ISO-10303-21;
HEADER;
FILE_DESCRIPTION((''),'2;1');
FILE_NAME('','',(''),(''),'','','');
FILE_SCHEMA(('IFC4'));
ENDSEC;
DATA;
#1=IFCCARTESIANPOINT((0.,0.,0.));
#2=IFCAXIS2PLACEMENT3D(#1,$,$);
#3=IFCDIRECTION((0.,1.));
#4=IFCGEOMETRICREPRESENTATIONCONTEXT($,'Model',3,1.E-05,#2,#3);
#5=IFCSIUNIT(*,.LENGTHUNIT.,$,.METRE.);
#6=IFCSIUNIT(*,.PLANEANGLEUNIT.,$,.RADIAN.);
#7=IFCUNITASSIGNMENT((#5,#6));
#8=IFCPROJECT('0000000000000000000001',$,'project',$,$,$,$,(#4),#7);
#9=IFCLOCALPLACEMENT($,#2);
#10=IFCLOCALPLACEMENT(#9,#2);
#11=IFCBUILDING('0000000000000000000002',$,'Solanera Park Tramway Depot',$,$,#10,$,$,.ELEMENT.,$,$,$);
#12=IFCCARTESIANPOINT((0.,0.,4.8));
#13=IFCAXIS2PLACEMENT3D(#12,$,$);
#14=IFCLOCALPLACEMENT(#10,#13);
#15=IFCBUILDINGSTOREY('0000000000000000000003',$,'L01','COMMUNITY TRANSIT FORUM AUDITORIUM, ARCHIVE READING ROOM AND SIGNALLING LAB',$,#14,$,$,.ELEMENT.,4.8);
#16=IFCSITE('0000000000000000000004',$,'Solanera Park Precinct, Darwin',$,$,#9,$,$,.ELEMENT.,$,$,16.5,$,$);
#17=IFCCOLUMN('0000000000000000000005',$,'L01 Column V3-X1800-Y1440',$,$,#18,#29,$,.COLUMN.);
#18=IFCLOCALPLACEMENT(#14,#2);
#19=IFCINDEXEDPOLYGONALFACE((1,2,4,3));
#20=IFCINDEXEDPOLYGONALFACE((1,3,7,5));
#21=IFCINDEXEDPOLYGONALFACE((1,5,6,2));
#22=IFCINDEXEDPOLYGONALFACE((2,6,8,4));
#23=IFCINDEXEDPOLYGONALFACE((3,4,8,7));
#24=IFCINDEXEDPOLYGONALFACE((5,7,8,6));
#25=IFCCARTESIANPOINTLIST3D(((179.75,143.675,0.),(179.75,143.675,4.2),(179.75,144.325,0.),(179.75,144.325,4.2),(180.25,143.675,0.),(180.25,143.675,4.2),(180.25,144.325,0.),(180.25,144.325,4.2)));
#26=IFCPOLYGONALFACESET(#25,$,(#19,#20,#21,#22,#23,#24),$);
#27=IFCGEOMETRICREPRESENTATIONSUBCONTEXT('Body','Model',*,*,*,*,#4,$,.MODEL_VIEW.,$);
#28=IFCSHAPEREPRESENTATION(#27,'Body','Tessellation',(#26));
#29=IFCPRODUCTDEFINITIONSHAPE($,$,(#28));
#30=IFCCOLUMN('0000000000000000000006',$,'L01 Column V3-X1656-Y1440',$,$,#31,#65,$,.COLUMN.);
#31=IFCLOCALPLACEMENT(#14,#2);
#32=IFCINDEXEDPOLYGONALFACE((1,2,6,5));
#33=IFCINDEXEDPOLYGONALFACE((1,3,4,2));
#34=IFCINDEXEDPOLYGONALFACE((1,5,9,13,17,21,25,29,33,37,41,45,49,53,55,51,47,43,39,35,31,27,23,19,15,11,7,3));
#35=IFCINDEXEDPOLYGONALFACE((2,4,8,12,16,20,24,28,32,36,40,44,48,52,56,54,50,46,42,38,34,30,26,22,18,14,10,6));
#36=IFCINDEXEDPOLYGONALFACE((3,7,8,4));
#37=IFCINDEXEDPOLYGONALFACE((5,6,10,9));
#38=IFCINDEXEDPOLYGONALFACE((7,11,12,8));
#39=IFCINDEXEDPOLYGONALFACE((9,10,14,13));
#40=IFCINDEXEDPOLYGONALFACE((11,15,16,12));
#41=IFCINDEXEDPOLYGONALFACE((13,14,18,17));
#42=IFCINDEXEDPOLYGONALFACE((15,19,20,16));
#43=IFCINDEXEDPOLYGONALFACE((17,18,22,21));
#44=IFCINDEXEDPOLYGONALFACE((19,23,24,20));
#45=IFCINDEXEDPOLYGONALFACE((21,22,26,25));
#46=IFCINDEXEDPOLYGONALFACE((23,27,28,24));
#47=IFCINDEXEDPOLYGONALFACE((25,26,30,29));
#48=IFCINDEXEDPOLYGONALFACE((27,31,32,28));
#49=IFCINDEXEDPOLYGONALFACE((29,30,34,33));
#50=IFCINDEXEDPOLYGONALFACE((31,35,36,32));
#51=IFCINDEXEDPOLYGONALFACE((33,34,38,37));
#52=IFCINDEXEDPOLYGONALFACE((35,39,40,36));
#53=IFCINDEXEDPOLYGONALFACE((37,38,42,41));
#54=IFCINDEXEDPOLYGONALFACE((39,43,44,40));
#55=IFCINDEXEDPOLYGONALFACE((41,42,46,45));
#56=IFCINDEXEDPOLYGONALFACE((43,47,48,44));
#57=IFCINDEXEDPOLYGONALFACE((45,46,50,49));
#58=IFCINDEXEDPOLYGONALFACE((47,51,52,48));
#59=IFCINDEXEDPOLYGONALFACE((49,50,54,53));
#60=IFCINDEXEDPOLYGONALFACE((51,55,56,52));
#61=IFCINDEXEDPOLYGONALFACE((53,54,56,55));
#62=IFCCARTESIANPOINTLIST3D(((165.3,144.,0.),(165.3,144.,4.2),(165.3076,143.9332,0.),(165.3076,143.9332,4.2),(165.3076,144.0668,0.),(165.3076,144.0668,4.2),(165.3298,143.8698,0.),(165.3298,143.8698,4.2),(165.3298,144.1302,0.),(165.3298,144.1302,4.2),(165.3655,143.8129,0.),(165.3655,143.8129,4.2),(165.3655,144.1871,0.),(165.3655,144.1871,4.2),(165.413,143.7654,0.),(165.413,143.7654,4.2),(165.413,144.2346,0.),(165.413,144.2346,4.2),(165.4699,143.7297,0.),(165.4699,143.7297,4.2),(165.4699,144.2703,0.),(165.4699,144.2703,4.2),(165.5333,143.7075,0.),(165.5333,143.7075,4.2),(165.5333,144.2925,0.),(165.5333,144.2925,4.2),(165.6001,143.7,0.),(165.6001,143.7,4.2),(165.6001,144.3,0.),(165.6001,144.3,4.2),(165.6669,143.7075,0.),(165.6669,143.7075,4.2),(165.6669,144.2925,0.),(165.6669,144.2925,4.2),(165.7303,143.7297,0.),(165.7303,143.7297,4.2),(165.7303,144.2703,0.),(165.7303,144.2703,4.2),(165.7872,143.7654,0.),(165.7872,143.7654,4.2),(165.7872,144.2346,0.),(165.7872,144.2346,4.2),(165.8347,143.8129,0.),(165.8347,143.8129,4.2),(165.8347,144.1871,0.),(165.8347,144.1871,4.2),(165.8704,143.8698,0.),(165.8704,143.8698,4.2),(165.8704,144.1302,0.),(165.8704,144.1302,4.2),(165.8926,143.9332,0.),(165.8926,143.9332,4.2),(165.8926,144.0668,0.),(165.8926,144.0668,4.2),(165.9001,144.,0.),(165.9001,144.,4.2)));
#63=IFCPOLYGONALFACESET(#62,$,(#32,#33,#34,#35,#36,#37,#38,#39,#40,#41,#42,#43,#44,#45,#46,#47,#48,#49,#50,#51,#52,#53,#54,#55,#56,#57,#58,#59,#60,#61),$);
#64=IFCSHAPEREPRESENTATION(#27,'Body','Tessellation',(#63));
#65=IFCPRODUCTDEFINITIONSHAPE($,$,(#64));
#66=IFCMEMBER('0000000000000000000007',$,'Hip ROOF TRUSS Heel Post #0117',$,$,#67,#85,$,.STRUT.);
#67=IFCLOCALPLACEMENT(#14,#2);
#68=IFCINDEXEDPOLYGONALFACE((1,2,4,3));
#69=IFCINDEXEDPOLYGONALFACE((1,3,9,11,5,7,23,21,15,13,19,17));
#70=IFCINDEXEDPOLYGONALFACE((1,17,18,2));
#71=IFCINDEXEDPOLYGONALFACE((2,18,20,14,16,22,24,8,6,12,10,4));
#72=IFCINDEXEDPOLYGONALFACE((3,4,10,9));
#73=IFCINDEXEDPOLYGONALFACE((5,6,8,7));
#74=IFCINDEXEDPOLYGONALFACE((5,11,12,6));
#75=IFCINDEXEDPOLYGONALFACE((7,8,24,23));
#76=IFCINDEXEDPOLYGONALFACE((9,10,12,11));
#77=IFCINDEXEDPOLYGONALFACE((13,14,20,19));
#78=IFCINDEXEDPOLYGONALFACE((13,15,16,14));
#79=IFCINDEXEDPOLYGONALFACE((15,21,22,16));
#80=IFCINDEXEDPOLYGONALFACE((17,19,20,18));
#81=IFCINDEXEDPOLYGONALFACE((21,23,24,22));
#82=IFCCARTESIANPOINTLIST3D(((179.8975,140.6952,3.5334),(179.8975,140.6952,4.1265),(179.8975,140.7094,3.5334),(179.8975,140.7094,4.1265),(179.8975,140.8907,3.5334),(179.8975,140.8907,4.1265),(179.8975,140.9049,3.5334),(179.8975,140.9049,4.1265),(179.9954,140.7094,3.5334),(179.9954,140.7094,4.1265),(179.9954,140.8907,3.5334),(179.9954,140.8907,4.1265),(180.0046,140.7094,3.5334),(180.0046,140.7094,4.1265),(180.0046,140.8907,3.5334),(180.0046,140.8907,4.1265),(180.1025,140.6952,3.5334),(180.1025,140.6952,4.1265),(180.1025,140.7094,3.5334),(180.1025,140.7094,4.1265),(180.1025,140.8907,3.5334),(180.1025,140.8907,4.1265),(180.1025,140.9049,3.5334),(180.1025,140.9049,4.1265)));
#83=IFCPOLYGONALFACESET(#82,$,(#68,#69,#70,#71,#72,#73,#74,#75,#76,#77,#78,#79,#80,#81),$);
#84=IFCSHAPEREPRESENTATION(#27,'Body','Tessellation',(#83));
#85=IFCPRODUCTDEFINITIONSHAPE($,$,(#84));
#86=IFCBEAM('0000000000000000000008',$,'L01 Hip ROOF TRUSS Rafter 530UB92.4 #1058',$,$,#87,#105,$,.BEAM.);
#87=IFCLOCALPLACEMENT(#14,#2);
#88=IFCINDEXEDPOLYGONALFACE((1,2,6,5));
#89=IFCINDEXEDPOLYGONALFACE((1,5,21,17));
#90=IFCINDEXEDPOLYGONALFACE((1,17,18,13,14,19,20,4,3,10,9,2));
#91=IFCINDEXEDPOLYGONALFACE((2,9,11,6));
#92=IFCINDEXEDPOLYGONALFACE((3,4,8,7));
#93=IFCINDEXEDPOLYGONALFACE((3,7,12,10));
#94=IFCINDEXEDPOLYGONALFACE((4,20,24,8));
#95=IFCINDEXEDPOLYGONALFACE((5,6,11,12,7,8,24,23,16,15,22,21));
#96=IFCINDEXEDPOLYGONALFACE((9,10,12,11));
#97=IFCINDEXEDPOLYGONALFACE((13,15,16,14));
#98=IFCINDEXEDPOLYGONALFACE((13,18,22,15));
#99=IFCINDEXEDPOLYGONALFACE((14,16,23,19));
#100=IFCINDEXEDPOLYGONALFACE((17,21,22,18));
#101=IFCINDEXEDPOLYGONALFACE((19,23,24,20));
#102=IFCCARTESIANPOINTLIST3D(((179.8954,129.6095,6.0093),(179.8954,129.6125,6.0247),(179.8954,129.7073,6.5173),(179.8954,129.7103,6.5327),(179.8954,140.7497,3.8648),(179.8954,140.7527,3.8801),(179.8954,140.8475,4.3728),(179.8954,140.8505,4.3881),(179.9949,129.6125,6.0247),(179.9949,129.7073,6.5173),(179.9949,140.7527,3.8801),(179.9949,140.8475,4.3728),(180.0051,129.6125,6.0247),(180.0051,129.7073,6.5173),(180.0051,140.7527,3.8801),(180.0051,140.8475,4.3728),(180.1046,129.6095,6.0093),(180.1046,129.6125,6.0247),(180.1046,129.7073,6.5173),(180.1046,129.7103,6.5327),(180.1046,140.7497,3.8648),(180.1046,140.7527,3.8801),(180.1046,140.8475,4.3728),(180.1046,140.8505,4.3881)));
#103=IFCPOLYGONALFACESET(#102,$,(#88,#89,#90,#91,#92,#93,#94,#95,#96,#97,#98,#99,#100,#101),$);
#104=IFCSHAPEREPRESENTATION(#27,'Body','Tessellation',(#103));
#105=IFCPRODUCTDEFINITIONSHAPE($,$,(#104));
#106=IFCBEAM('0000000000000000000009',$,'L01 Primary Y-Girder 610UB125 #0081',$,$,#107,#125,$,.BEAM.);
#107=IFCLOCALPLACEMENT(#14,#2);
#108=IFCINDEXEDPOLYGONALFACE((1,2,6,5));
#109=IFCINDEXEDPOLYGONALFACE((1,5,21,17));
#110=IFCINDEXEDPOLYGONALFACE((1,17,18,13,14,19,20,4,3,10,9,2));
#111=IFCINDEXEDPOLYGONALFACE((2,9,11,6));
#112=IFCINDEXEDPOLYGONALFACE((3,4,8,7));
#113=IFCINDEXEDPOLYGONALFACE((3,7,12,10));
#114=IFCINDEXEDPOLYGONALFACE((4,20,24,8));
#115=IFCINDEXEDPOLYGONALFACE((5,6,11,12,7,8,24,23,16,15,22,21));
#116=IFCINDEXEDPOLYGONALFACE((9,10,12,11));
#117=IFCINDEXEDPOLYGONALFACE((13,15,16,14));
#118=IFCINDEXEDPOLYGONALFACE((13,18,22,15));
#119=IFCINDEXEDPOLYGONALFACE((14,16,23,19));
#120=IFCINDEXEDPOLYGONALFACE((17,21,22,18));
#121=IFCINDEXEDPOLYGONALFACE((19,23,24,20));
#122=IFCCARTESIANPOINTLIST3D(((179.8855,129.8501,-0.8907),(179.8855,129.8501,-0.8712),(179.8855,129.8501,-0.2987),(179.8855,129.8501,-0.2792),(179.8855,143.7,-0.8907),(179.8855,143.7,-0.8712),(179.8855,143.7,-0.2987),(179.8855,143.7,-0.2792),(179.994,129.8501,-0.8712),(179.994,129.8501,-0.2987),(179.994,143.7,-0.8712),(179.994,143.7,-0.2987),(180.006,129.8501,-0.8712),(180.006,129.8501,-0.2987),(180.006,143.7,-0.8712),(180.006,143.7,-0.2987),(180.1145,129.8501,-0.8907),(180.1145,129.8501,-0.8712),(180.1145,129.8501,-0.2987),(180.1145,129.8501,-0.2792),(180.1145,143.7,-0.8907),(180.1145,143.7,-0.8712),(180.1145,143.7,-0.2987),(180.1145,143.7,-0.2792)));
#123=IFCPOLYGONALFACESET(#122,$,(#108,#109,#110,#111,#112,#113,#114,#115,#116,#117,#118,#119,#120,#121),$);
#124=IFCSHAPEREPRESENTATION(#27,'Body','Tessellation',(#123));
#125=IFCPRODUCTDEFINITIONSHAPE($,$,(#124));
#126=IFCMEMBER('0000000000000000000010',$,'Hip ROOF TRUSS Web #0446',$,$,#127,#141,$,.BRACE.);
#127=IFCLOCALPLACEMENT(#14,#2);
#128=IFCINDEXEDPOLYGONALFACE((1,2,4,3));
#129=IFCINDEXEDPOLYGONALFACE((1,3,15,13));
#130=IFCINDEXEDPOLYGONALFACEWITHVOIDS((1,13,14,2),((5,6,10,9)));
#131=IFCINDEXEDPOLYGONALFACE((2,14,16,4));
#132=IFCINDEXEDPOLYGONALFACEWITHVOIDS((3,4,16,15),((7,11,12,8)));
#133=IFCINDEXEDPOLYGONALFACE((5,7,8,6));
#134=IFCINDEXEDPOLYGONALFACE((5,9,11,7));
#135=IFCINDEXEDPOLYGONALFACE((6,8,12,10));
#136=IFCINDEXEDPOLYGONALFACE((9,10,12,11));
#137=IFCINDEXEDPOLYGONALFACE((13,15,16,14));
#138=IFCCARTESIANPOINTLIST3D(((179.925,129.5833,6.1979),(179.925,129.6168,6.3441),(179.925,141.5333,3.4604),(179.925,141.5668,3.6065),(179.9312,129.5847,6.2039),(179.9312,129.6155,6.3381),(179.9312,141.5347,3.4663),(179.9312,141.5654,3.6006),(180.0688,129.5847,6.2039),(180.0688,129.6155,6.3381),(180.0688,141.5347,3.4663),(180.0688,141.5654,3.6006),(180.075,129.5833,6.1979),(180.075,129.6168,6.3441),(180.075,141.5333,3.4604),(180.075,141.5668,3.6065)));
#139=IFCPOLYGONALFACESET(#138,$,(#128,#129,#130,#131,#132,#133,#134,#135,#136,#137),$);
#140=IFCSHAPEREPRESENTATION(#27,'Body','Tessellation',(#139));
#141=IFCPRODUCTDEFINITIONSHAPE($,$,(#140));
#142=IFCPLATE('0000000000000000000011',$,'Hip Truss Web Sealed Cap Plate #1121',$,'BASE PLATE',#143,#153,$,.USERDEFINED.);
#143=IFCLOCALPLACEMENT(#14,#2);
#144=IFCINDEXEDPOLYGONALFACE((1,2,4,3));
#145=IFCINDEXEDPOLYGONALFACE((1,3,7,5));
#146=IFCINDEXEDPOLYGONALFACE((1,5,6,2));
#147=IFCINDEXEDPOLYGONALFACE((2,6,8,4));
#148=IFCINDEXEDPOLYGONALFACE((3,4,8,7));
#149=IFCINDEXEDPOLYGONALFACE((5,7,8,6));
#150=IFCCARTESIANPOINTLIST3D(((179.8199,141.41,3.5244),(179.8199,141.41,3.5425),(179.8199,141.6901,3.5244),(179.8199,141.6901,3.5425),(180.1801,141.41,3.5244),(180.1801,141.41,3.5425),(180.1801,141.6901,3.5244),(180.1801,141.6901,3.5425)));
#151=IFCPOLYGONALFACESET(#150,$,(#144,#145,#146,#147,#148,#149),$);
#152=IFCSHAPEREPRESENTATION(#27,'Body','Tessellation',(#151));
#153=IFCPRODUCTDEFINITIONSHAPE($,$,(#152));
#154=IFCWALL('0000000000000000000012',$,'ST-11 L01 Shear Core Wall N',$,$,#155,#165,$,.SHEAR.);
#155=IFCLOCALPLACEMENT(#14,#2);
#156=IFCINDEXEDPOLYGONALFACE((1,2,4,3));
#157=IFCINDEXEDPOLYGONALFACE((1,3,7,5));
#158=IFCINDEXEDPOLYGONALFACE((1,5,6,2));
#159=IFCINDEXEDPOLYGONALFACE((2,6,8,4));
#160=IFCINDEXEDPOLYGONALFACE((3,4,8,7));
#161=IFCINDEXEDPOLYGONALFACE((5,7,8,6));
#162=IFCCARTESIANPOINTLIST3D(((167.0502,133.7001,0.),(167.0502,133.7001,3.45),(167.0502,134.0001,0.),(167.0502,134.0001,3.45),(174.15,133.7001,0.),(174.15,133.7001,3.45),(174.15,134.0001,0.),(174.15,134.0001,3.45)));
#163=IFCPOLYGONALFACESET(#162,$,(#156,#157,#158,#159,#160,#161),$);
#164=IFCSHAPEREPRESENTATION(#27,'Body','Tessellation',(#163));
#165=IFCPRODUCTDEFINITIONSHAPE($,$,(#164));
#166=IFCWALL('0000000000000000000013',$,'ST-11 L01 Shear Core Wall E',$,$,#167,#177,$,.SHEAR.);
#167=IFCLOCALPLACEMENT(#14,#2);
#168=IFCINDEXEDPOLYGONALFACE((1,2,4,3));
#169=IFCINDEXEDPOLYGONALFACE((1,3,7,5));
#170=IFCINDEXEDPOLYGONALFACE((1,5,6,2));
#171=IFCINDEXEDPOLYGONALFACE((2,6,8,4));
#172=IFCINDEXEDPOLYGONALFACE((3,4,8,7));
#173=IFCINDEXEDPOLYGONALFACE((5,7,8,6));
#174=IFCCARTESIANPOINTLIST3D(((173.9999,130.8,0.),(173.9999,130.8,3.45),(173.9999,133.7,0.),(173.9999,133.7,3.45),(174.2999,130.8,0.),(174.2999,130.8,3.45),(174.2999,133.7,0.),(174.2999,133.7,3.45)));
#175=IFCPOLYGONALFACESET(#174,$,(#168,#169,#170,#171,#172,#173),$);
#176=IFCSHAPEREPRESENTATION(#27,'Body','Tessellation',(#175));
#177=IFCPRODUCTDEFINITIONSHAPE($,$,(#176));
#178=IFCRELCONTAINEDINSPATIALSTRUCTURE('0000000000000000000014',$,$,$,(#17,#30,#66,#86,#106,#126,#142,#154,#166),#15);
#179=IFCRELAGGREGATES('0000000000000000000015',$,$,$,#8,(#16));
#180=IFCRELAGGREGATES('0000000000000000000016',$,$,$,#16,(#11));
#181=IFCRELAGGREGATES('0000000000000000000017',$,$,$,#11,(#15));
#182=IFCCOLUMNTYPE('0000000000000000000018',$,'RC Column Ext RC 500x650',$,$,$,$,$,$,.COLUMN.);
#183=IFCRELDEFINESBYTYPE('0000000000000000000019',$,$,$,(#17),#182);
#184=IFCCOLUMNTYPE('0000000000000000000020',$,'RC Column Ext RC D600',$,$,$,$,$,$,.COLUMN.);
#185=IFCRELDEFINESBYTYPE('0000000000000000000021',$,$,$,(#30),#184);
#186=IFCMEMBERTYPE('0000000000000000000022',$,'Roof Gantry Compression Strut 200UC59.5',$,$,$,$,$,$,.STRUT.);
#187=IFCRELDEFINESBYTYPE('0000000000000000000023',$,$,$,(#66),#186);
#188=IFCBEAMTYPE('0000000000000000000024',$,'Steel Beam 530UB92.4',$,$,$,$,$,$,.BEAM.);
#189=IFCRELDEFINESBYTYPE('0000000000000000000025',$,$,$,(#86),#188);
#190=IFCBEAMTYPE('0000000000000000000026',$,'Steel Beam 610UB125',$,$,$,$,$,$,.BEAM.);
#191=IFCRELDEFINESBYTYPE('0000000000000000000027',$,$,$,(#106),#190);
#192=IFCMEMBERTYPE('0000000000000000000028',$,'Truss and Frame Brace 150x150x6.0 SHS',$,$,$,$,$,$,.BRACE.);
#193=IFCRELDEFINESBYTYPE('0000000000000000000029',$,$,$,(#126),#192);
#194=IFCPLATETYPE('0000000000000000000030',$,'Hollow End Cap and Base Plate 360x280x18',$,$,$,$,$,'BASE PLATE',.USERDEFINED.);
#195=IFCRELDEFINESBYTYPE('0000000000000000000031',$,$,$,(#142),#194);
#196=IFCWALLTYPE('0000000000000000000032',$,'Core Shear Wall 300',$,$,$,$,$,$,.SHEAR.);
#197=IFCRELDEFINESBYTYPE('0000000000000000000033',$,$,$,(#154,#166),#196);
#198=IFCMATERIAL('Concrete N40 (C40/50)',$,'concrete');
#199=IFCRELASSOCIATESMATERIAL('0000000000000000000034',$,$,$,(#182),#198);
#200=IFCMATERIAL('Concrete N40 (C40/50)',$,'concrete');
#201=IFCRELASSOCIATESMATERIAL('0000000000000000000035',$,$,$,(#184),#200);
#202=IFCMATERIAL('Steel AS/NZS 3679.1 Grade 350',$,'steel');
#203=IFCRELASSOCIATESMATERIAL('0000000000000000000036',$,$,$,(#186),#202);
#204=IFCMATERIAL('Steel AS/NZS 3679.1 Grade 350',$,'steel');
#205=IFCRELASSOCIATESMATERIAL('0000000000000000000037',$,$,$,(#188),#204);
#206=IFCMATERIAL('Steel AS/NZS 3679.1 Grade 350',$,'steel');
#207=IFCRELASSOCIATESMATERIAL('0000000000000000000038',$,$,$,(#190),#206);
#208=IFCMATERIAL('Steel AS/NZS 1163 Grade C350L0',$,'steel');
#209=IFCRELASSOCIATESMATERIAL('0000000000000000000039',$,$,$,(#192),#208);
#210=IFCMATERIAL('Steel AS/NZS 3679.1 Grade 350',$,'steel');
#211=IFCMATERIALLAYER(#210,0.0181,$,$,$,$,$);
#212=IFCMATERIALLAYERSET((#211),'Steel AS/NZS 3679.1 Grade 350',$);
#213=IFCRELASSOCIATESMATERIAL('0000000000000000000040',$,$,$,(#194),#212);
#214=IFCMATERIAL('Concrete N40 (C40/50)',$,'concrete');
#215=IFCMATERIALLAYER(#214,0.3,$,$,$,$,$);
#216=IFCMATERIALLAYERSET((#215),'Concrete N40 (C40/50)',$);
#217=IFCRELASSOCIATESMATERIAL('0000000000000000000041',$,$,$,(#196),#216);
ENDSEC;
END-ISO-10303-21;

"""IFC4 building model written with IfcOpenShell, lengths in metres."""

from ifc_helpers import new_model, si_unit, direction, frame, frame_2d, origin, origin_2d, place, context, subcontext, project, spatial, rectangle, hollow_rectangle, circle, i_section, extrude, material, layer, layer_set, material_profile, profile_set, type_object, element, save


model = new_model("IFC4")

# Units and contexts
model_context = context("Model", 3, precision=1e-05, world=origin(), true_north=direction((0.0, 1.0)))
body_context = subcontext(model_context, "Body", "Model", "MODEL_VIEW")
ifc_project = project(units=[si_unit("LENGTHUNIT", "METRE"), si_unit("PLANEANGLEUNIT", "RADIAN")], contexts=[model_context])

# Site, building, storey
site_placement = place(None, origin())
site = spatial("IfcSite", under=ifc_project, at=site_placement, Name="Solanera Park Precinct, Darwin", CompositionType="ELEMENT", RefElevation=16.5)
building_placement = place(site_placement, origin())
building = spatial("IfcBuilding", under=site, at=building_placement, Name="Solanera Park Tramway Depot", CompositionType="ELEMENT")
storey_placement = place(building_placement, frame((0.0, 0.0, 4.8)))
storey = spatial("IfcBuildingStorey", under=building, at=storey_placement, Name="L01", Description="COMMUNITY TRANSIT FORUM AUDITORIUM, ARCHIVE READING ROOM AND SIGNALLING LAB", CompositionType="ELEMENT", Elevation=4.8)

# Columns
ifc_material_1 = material(Name="Concrete N40 (C40/50)", Category="concrete")
ifc_material_profile_1 = material_profile(ifc_material_1, rectangle(XDim=0.5, YDim=0.6499, at=origin_2d()), Name="RC 500x650")
ifc_profile_set_1 = profile_set([ifc_material_profile_1], Name="Concrete N40 (C40/50)")
column_type_1 = type_object("IfcColumnType", Name="RC Column Ext RC 500x650", PredefinedType="COLUMN", material=ifc_profile_set_1)
column_1_placement = place(storey_placement, frame((180.0, 144.0, 0.0), z_axis=(0.0, 0.0, 1.0), x_axis=(1.0, 0.0, 0.0)))
element("IfcColumn", 1, at=column_1_placement, inside=storey, type_object=column_type_1, Name="L01 Column V3-X1800-Y1440", PredefinedType="COLUMN", context=body_context, shape_type="SweptSolid", body=[
    extrude(rectangle(XDim=0.5, YDim=0.6499, at=origin_2d()), origin(), (0.0, 0.0, 1.0), 4.2),
])
ifc_material_2 = material(Name="Concrete N40 (C40/50)", Category="concrete")
ifc_material_profile_2 = material_profile(ifc_material_2, circle(Radius=0.3, at=origin_2d()), Name="RC D600")
ifc_profile_set_2 = profile_set([ifc_material_profile_2], Name="Concrete N40 (C40/50)")
column_type_2 = type_object("IfcColumnType", Name="RC Column Ext RC D600", PredefinedType="COLUMN", material=ifc_profile_set_2)
column_2_placement = place(storey_placement, frame((165.6001, 144.0, 0.0), z_axis=(0.0, 0.0, 1.0), x_axis=(1.0, 0.0, 0.0)))
element("IfcColumn", 2, at=column_2_placement, inside=storey, type_object=column_type_2, Name="L01 Column V3-X1656-Y1440", PredefinedType="COLUMN", context=body_context, shape_type="SweptSolid", body=[
    extrude(circle(Radius=0.3, at=origin_2d()), origin(), (0.0, 0.0, 1.0), 4.2),
])

# Member
ifc_material_3 = material(Name="Steel AS/NZS 3679.1 Grade 350", Category="steel")
ifc_material_profile_3 = material_profile(ifc_material_3, i_section(OverallWidth=0.2051, OverallDepth=0.2097, WebThickness=0.0093, FlangeThickness=0.0142, at=origin_2d()), Name="200UC59.5")
ifc_profile_set_3 = profile_set([ifc_material_profile_3], Name="Steel AS/NZS 3679.1 Grade 350")
member_type_1 = type_object("IfcMemberType", Name="Roof Gantry Compression Strut 200UC59.5", PredefinedType="STRUT", material=ifc_profile_set_3)
member_1_placement = place(storey_placement, frame((180.0, 140.8, 3.5334), z_axis=(0.0, 0.0, 1.0), x_axis=(1.0, 0.0, 0.0)))
element("IfcMember", 3, at=member_1_placement, inside=storey, type_object=member_type_1, Name="Hip ROOF TRUSS Heel Post #0117", PredefinedType="STRUT", context=body_context, shape_type="SweptSolid", body=[
    extrude(i_section(OverallWidth=0.2051, OverallDepth=0.2097, WebThickness=0.0093, FlangeThickness=0.0142, at=origin_2d()), origin(), (0.0, 0.0, 1.0), 0.593),
])

# Beams
ifc_material_4 = material(Name="Steel AS/NZS 3679.1 Grade 350", Category="steel")
ifc_material_profile_4 = material_profile(ifc_material_4, i_section(OverallWidth=0.2092, OverallDepth=0.533, WebThickness=0.0103, FlangeThickness=0.0156, at=origin_2d()), Name="530UB92.4")
ifc_profile_set_4 = profile_set([ifc_material_profile_4], Name="Steel AS/NZS 3679.1 Grade 350")
beam_type_1 = type_object("IfcBeamType", Name="Steel Beam 530UB92.4", PredefinedType="BEAM", material=ifc_profile_set_4)
beam_1_placement = place(storey_placement, frame((180.0, 129.6599, 6.271), z_axis=(0.0, 0.981971, -0.189034), x_axis=(-1.0, 0.0, 0.0)))
element("IfcBeam", 4, at=beam_1_placement, inside=storey, type_object=beam_type_1, Name="L01 Hip ROOF TRUSS Rafter 530UB92.4 #1058", PredefinedType="BEAM", context=body_context, shape_type="SweptSolid", body=[
    extrude(i_section(OverallWidth=0.2092, OverallDepth=0.533, WebThickness=0.0103, FlangeThickness=0.0156, at=origin_2d()), origin(), (0.0, 0.0, 1.0), 11.3447),
])
ifc_material_5 = material(Name="Steel AS/NZS 3679.1 Grade 350", Category="steel")
ifc_material_profile_5 = material_profile(ifc_material_5, i_section(OverallWidth=0.229, OverallDepth=0.6116, WebThickness=0.012, FlangeThickness=0.0195, at=origin_2d()), Name="610UB125")
ifc_profile_set_5 = profile_set([ifc_material_profile_5], Name="Steel AS/NZS 3679.1 Grade 350")
beam_type_2 = type_object("IfcBeamType", Name="Steel Beam 610UB125", PredefinedType="BEAM", material=ifc_profile_set_5)
beam_2_placement = place(storey_placement, frame((180.0, 129.8501, -0.585), z_axis=(0.0, 1.0, 0.0), x_axis=(-1.0, 0.0, 0.0)))
element("IfcBeam", 5, at=beam_2_placement, inside=storey, type_object=beam_type_2, Name="L01 Primary Y-Girder 610UB125 #0081", PredefinedType="BEAM", context=body_context, shape_type="SweptSolid", body=[
    extrude(i_section(OverallWidth=0.229, OverallDepth=0.6116, WebThickness=0.012, FlangeThickness=0.0195, at=origin_2d()), origin(), (0.0, 0.0, 1.0), 13.8499),
])

# Member
ifc_material_6 = material(Name="Steel AS/NZS 1163 Grade C350L0", Category="steel")
ifc_material_profile_6 = material_profile(ifc_material_6, hollow_rectangle(XDim=0.1499, YDim=0.1499, WallThickness=0.0061, at=origin_2d()), Name="150x150x6.0 SHS")
ifc_profile_set_6 = profile_set([ifc_material_profile_6], Name="Steel AS/NZS 1163 Grade C350L0")
member_type_2 = type_object("IfcMemberType", Name="Truss and Frame Brace 150x150x6.0 SHS", PredefinedType="BRACE", material=ifc_profile_set_6)
member_2_placement = place(storey_placement, frame((180.0, 141.55, 3.5334), z_axis=(0.0, -0.97475, 0.2233), x_axis=(1.0, 0.0, 0.0)))
element("IfcMember", 6, at=member_2_placement, inside=storey, type_object=member_type_2, Name="Hip ROOF TRUSS Web #0446", PredefinedType="BRACE", context=body_context, shape_type="SweptSolid", body=[
    extrude(hollow_rectangle(XDim=0.1499, YDim=0.1499, WallThickness=0.0061, at=origin_2d()), origin(), (0.0, 0.0, 1.0), 12.2595),
])

# Plate
ifc_material_7 = material(Name="Steel AS/NZS 3679.1 Grade 350", Category="steel")
ifc_layer_1 = layer(ifc_material_7, 0.0181)
ifc_layer_set_1 = layer_set([ifc_layer_1], Name="Steel AS/NZS 3679.1 Grade 350")
plate_type = type_object("IfcPlateType", Name="Hollow End Cap and Base Plate 360x280x18", ElementType="BASE PLATE", PredefinedType="USERDEFINED", material=ifc_layer_set_1)
plate_placement = place(storey_placement, frame((180.0, 141.55, 3.5244), z_axis=(0.0, 0.0, 1.0), x_axis=(1.0, 0.0, 0.0)))
element("IfcPlate", 7, at=plate_placement, inside=storey, type_object=plate_type, Name="Hip Truss Web Sealed Cap Plate #1121", ObjectType="BASE PLATE", PredefinedType="USERDEFINED", context=body_context, shape_type="SweptSolid", body=[
    extrude(rectangle(XDim=0.3601, YDim=0.28, at=origin_2d()), origin(), (0.0, 0.0, 1.0), 0.0181),
])

# Shared definitions
ifc_material_8 = material(Name="Concrete N40 (C40/50)", Category="concrete")
ifc_layer_2 = layer(ifc_material_8, 0.3)
ifc_layer_set_2 = layer_set([ifc_layer_2], Name="Concrete N40 (C40/50)")
wall_type_1 = type_object("IfcWallType", Name="Core Shear Wall 300", PredefinedType="SHEAR", material=ifc_layer_set_2)

# Walls
wall_1_placement = place(storey_placement, frame((174.1499, 133.8501, 0.0), z_axis=(0.0, 0.0, 1.0), x_axis=(-1.0, 0.0, 0.0)))
element("IfcWall", 8, at=wall_1_placement, inside=storey, type_object=wall_type_1, Name="ST-11 L01 Shear Core Wall N", PredefinedType="SHEAR", context=body_context, shape_type="SweptSolid", body=[
    extrude(rectangle(XDim=7.0999, YDim=0.3, at=frame_2d((3.5498, 0.0))), origin(), (0.0, 0.0, 1.0), 3.45),
])
for number, where, z_axis, x_axis, name in (
    (9, (174.1499, 130.8, 0.0), (0.0, 0.0, 1.0), (0.0, 1.0, 0.0), "ST-11 L01 Shear Core Wall E"),
):
    element("IfcWall", number, at=place(storey_placement, frame(where, z_axis=z_axis, x_axis=x_axis)), inside=storey, type_object=wall_type_1, Name=name, PredefinedType="SHEAR", context=body_context, shape_type="SweptSolid", body=[
        extrude(rectangle(XDim=2.8999, YDim=0.3, at=frame_2d((1.45, 0.0))), origin(), (0.0, 0.0, 1.0), 3.45),
    ])

save(model, "model.ifc")
